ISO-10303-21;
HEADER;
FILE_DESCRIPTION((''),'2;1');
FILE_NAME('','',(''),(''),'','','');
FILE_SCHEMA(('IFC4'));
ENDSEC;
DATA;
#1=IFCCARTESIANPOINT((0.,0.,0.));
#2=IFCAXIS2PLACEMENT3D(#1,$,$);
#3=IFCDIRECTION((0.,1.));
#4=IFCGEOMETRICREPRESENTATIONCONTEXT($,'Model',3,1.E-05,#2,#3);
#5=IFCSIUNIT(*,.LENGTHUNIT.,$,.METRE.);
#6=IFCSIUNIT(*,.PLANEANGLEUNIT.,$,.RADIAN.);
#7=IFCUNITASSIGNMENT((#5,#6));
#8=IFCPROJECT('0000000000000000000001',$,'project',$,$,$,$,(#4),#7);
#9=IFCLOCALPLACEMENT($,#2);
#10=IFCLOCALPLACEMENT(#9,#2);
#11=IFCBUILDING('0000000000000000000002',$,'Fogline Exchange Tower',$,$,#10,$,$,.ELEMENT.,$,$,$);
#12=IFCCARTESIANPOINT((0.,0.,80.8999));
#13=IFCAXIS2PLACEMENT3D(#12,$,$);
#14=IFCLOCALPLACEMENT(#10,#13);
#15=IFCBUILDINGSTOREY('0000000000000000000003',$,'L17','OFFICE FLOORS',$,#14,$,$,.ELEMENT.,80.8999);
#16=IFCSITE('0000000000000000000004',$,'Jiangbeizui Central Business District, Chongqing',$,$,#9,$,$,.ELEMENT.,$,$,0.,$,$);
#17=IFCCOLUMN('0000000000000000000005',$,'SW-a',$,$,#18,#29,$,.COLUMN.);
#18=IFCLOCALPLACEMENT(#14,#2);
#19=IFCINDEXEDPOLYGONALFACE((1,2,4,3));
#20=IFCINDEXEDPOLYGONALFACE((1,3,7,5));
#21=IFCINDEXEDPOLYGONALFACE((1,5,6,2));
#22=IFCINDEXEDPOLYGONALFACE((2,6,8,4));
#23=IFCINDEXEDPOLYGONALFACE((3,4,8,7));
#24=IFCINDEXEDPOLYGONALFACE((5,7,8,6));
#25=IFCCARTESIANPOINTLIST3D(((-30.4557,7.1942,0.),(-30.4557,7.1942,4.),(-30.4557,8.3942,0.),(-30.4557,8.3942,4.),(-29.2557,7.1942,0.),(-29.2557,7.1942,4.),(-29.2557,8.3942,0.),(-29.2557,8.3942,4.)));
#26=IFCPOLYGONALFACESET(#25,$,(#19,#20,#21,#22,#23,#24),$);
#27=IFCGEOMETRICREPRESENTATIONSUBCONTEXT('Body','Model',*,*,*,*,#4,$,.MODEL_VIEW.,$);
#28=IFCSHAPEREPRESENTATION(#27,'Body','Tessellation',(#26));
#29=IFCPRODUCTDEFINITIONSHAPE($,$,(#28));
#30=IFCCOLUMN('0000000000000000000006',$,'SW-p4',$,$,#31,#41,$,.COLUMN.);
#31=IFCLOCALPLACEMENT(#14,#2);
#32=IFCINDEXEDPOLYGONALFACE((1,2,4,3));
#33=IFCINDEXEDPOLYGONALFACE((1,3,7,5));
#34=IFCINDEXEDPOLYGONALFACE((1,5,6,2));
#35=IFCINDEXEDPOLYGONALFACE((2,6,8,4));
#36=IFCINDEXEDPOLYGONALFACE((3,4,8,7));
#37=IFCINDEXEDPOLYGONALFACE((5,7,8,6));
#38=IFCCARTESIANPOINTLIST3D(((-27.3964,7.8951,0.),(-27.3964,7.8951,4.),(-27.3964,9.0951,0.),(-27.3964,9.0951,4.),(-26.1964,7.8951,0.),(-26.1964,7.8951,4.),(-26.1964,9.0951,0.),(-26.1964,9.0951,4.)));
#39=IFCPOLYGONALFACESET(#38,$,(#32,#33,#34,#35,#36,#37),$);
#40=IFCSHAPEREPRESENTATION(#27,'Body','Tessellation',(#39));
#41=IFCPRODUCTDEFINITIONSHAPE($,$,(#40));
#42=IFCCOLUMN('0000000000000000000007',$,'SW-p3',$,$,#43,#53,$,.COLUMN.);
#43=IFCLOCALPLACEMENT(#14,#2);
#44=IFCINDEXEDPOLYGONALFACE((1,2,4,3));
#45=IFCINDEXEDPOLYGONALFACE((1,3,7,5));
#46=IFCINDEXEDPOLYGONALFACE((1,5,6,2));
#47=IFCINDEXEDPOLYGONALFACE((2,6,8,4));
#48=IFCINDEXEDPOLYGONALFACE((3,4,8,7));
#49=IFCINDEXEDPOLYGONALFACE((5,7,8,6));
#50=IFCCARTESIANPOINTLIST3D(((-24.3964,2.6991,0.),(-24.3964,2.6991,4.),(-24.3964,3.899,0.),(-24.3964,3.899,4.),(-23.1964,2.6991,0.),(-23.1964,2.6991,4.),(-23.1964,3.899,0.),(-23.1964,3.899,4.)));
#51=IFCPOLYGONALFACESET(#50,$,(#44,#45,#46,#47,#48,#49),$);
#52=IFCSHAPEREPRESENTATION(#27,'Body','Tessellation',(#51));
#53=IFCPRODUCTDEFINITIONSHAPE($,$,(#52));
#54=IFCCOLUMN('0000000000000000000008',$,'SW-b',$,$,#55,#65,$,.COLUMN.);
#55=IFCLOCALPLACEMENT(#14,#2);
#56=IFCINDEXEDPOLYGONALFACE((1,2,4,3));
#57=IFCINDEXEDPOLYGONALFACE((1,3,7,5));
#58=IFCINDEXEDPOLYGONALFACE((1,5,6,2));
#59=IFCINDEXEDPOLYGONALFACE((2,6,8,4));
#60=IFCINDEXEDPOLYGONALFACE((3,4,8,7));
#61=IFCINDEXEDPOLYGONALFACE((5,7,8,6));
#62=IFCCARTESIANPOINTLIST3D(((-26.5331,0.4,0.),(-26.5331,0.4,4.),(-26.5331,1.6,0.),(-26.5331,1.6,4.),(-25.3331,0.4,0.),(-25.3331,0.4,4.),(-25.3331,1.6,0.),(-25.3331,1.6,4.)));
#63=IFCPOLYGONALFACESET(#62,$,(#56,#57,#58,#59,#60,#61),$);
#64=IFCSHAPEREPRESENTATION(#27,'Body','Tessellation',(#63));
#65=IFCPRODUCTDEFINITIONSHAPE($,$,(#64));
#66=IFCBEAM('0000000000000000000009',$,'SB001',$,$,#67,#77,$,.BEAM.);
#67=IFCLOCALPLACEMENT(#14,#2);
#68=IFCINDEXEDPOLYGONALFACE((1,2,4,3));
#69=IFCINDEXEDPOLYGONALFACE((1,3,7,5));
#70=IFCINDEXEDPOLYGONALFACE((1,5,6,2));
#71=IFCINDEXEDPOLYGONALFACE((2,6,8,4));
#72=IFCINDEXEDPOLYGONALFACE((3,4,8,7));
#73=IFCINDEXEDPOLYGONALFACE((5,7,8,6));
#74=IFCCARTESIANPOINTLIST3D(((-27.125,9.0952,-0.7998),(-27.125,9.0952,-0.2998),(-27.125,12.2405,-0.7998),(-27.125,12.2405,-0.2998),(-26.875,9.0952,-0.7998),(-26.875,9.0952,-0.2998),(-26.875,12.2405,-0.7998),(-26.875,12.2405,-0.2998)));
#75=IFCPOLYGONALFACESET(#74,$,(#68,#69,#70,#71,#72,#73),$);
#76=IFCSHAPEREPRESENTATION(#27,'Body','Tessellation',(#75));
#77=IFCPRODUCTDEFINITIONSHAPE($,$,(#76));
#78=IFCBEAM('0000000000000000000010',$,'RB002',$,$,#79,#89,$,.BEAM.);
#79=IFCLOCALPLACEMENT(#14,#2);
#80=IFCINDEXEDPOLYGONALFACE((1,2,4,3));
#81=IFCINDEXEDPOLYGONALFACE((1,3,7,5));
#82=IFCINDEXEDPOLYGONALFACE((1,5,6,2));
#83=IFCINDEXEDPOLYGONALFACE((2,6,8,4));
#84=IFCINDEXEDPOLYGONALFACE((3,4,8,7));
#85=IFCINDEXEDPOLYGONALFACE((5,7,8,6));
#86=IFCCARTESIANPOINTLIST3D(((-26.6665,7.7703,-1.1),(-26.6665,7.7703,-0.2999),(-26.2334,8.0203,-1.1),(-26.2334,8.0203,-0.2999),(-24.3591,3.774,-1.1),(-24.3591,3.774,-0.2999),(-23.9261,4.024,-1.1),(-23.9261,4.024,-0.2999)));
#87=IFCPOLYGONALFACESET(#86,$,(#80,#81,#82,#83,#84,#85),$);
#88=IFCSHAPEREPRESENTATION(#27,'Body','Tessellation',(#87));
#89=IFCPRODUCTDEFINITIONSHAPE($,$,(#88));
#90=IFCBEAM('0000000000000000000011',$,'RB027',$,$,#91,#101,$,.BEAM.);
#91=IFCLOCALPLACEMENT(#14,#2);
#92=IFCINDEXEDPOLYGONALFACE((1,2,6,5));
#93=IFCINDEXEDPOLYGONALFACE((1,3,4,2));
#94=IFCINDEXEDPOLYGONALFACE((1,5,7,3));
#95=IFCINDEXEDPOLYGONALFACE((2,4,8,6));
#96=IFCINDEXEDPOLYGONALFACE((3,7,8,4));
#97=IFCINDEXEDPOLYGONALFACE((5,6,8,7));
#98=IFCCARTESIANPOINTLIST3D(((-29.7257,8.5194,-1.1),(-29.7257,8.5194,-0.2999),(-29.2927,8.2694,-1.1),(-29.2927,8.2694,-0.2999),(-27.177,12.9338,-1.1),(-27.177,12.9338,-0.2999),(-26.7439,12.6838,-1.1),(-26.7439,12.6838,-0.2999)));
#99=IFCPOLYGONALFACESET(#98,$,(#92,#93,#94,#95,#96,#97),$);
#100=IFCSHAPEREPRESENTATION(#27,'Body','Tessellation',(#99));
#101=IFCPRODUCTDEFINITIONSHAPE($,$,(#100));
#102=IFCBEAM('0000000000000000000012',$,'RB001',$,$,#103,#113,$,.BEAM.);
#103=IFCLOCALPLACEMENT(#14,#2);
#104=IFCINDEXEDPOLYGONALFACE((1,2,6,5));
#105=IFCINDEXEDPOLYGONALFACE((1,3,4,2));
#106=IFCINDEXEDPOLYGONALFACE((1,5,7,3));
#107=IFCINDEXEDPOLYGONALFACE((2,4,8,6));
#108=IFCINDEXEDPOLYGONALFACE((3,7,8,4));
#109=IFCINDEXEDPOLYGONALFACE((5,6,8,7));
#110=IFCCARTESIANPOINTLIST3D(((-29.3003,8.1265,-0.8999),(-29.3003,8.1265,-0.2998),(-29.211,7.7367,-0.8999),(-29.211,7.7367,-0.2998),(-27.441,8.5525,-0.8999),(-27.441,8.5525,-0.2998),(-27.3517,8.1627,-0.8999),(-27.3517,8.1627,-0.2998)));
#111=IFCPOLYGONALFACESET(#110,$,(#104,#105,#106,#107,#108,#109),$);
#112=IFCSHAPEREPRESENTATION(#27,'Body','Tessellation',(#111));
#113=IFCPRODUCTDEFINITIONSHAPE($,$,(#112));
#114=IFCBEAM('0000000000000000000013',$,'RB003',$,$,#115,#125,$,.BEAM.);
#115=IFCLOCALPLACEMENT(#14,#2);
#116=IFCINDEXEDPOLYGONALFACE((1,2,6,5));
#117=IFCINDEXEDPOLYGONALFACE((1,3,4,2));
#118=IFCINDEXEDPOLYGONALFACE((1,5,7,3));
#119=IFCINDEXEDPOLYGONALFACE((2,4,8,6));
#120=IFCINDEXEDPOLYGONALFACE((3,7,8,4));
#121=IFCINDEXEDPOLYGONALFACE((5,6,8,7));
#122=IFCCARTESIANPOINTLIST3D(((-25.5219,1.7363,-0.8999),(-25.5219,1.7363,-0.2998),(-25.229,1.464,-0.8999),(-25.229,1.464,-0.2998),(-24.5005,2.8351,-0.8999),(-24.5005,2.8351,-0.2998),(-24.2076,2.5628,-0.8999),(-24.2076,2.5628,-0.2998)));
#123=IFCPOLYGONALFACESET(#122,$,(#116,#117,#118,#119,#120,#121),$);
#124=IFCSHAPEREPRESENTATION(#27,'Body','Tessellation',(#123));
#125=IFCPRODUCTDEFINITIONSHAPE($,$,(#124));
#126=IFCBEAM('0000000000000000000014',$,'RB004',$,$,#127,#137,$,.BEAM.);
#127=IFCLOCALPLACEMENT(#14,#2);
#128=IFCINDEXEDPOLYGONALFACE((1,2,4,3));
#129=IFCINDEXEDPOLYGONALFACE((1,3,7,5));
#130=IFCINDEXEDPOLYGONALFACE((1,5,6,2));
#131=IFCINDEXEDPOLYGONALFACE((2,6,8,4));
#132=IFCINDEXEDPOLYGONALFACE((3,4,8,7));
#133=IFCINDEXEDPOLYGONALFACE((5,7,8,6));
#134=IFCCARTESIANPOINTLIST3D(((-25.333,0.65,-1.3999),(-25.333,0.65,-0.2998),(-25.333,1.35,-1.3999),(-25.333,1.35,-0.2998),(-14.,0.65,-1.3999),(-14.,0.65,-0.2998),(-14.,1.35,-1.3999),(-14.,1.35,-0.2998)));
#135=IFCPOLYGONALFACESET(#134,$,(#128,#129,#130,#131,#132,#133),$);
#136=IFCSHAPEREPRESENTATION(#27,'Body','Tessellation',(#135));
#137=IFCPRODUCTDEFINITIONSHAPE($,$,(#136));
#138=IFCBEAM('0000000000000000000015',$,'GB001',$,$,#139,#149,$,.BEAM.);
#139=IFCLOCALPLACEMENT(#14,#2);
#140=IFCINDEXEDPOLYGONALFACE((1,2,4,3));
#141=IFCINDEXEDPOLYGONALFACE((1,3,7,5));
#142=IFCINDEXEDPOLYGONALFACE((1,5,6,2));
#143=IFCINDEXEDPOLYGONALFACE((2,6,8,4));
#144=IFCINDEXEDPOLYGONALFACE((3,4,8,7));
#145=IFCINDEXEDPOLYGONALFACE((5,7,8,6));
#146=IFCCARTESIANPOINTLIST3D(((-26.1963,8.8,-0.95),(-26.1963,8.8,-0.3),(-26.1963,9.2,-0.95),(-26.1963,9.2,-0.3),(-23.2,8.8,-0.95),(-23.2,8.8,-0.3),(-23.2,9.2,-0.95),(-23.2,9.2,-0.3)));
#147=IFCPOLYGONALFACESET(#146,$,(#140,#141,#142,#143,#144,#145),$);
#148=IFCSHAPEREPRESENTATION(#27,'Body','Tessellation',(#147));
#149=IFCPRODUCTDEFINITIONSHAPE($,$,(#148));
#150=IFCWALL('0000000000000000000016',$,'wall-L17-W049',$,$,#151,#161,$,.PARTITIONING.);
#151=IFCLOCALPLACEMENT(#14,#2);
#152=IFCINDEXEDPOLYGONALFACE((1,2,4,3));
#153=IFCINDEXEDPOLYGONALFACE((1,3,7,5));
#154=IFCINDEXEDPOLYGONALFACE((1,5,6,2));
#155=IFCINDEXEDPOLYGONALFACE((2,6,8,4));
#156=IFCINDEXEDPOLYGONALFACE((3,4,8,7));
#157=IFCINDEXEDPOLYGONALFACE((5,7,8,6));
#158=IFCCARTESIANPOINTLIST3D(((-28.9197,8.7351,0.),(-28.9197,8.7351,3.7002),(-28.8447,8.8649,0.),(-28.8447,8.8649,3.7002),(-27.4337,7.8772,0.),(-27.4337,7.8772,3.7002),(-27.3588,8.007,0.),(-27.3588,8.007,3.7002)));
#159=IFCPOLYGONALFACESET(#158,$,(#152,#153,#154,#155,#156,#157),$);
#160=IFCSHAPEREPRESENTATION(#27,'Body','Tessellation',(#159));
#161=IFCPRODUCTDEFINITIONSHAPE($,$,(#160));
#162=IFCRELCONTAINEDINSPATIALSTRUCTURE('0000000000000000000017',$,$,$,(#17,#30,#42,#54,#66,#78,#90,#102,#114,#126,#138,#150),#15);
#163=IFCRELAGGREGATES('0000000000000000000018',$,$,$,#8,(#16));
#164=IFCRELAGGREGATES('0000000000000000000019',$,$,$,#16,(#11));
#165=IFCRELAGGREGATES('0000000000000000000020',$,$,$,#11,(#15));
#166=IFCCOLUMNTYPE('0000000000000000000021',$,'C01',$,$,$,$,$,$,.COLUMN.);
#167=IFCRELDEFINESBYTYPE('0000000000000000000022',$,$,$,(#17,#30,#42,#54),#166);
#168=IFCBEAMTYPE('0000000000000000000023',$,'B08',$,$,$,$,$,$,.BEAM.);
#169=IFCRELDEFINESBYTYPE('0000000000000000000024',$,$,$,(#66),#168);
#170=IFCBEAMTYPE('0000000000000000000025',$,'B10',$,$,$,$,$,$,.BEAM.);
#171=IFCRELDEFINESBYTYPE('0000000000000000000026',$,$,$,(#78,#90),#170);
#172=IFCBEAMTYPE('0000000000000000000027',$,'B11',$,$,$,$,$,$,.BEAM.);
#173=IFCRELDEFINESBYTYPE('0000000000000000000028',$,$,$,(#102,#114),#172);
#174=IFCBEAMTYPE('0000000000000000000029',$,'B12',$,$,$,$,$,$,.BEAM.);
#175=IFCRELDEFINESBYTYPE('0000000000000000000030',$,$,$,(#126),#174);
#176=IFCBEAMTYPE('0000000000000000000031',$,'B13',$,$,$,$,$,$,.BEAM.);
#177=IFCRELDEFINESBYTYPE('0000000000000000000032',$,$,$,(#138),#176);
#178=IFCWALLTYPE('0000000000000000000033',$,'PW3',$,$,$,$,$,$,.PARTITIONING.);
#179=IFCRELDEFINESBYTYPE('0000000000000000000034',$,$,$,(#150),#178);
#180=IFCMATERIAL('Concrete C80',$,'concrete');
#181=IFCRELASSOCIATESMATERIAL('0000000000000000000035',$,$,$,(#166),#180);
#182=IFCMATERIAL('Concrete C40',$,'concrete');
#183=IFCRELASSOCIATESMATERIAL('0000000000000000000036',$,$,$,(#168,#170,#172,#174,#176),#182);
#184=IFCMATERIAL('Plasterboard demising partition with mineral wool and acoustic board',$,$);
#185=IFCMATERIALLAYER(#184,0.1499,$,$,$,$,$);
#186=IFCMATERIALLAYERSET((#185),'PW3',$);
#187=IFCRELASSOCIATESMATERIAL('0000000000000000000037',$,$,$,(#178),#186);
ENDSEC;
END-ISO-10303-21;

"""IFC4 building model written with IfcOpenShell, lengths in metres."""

from ifc_helpers import new_model, si_unit, direction, frame, frame_2d, origin, origin_2d, place, context, subcontext, project, spatial, rectangle, extrude, material, layer, layer_set, material_profile, profile_set, type_object, element, save


model = new_model("IFC4")

# Units and contexts
model_context = context("Model", 3, precision=1e-05, world=origin(), true_north=direction((0.0, 1.0)))
body_context = subcontext(model_context, "Body", "Model", "MODEL_VIEW")
ifc_project = project(units=[si_unit("LENGTHUNIT", "METRE"), si_unit("PLANEANGLEUNIT", "RADIAN")], contexts=[model_context])

# Site, building, storey
site_placement = place(None, origin())
site = spatial("IfcSite", under=ifc_project, at=site_placement, Name="Jiangbeizui Central Business District, Chongqing", CompositionType="ELEMENT", RefElevation=0.0)
building_placement = place(site_placement, origin())
building = spatial("IfcBuilding", under=site, at=building_placement, Name="Fogline Exchange Tower", CompositionType="ELEMENT")
storey_placement = place(building_placement, frame((0.0, 0.0, 80.8999)))
storey = spatial("IfcBuildingStorey", under=building, at=storey_placement, Name="L17", Description="OFFICE FLOORS", CompositionType="ELEMENT", Elevation=80.8999)

# Columns
ifc_material_1 = material(Name="Concrete C80", Category="concrete")
ifc_material_profile_1 = material_profile(ifc_material_1, rectangle(XDim=1.2, YDim=1.2, at=origin_2d()), Name="RC 1200x1200")
ifc_profile_set_1 = profile_set([ifc_material_profile_1], Name="Concrete C80")
column_type = type_object("IfcColumnType", Name="C01", PredefinedType="COLUMN", material=ifc_profile_set_1)
for number, where, z_axis, x_axis, name in (
    (1, (-29.8557, 7.7942, 0.0), (0.0, 0.0, 1.0), (1.0, 0.0, 0.0), "SW-a"),
    (2, (-26.7964, 8.4951, 0.0), (0.0, 0.0, 1.0), (1.0, 0.0, 0.0), "SW-p4"),
    (3, (-23.7964, 3.2991, 0.0), (0.0, 0.0, 1.0), (1.0, 0.0, 0.0), "SW-p3"),
    (4, (-25.9331, 1.0, 0.0), (0.0, 0.0, 1.0), (1.0, 0.0, 0.0), "SW-b"),
):
    element("IfcColumn", number, at=place(storey_placement, frame(where, z_axis=z_axis, x_axis=x_axis)), inside=storey, type_object=column_type, Name=name, PredefinedType="COLUMN", context=body_context, shape_type="SweptSolid", body=[
        extrude(rectangle(XDim=1.2, YDim=1.2, at=origin_2d()), origin(), (0.0, 0.0, 1.0), 4.0),
    ])

# Beams
ifc_material_2 = material(Name="Concrete C40", Category="concrete")
ifc_material_profile_2 = material_profile(ifc_material_2, rectangle(XDim=0.25, YDim=0.5, at=origin_2d()), Name="RC 250x500")
ifc_profile_set_2 = profile_set([ifc_material_profile_2], Name="Concrete C40")
beam_type_1 = type_object("IfcBeamType", Name="B08", PredefinedType="BEAM", material=ifc_profile_set_2)
beam_1_placement = place(storey_placement, frame((-27.0, 9.0952, -0.5498), z_axis=(0.0, 1.0, 0.0), x_axis=(-1.0, 0.0, 0.0)))
element("IfcBeam", 5, at=beam_1_placement, inside=storey, type_object=beam_type_1, Name="SB001", PredefinedType="BEAM", context=body_context, shape_type="SweptSolid", body=[
    extrude(rectangle(XDim=0.25, YDim=0.5, at=origin_2d()), origin(), (0.0, 0.0, 1.0), 3.1453),
])
ifc_material_profile_3 = material_profile(ifc_material_2, rectangle(XDim=0.5, YDim=0.8, at=origin_2d()), Name="RC 500x800")
ifc_profile_set_3 = profile_set([ifc_material_profile_3], Name="Concrete C40")
beam_type_2 = type_object("IfcBeamType", Name="B10", PredefinedType="BEAM", material=ifc_profile_set_3)
beam_2_placement = place(storey_placement, frame((-26.45, 7.8953, -0.7), z_axis=(0.500014, -0.866017, 0.0), x_axis=(0.866017, 0.500014, 0.0)))
element("IfcBeam", 6, at=beam_2_placement, inside=storey, type_object=beam_type_2, Name="RB002", PredefinedType="BEAM", context=body_context, shape_type="SweptSolid", body=[
    extrude(rectangle(XDim=0.5, YDim=0.8, at=origin_2d()), origin(), (0.0, 0.0, 1.0), 4.6145),
])
beam_3_placement = place(storey_placement, frame((-26.9604, 12.8088, -0.7), z_axis=(-0.500013, -0.866018, 0.0), x_axis=(0.866018, -0.500013, 0.0)))
element("IfcBeam", 7, at=beam_3_placement, inside=storey, type_object=beam_type_2, Name="RB027", PredefinedType="BEAM", context=body_context, shape_type="SweptSolid", body=[
    extrude(rectangle(XDim=0.5, YDim=0.8, at=origin_2d()), origin(), (0.0, 0.0, 1.0), 5.0974),
])
ifc_material_profile_4 = material_profile(ifc_material_2, rectangle(XDim=0.3999, YDim=0.6001, at=origin_2d()), Name="RC 400x600")
ifc_profile_set_4 = profile_set([ifc_material_profile_4], Name="Concrete C40")
beam_type_3 = type_object("IfcBeamType", Name="B11", PredefinedType="BEAM", material=ifc_profile_set_4)
beam_4_placement = place(storey_placement, frame((-29.2556, 7.9316, -0.5999), z_axis=(0.974742, 0.223336, 0.0), x_axis=(-0.223336, 0.974742, 0.0)))
element("IfcBeam", 8, at=beam_4_placement, inside=storey, type_object=beam_type_3, Name="RB001", PredefinedType="BEAM", context=body_context, shape_type="SweptSolid", body=[
    extrude(rectangle(XDim=0.3999, YDim=0.6001, at=origin_2d()), origin(), (0.0, 0.0, 1.0), 1.9075),
])
beam_5_placement = place(storey_placement, frame((-24.354, 2.699, -0.5999), z_axis=(-0.680844, -0.732428, 0.0), x_axis=(0.732428, -0.680844, 0.0)))
element("IfcBeam", 9, at=beam_5_placement, inside=storey, type_object=beam_type_3, Name="RB003", PredefinedType="BEAM", context=body_context, shape_type="SweptSolid", body=[
    extrude(rectangle(XDim=0.3999, YDim=0.6001, at=origin_2d()), origin(), (0.0, 0.0, 1.0), 1.5002),
])
ifc_material_profile_5 = material_profile(ifc_material_2, rectangle(XDim=0.7, YDim=1.1001, at=origin_2d()), Name="RC 700x1100")
ifc_profile_set_5 = profile_set([ifc_material_profile_5], Name="Concrete C40")
beam_type_4 = type_object("IfcBeamType", Name="B12", PredefinedType="BEAM", material=ifc_profile_set_5)
beam_6_placement = place(storey_placement, frame((-25.333, 1.0, -0.8499), z_axis=(1.0, 0.0, 0.0), x_axis=(0.0, 1.0, 0.0)))
element("IfcBeam", 10, at=beam_6_placement, inside=storey, type_object=beam_type_4, Name="RB004", PredefinedType="BEAM", context=body_context, shape_type="SweptSolid", body=[
    extrude(rectangle(XDim=0.7, YDim=1.1001, at=origin_2d()), origin(), (0.0, 0.0, 1.0), 11.333),
])
ifc_material_profile_6 = material_profile(ifc_material_2, rectangle(XDim=0.3999, YDim=0.6499, at=origin_2d()), Name="RC 400x650")
ifc_profile_set_6 = profile_set([ifc_material_profile_6], Name="Concrete C40")
beam_type_5 = type_object("IfcBeamType", Name="B13", PredefinedType="BEAM", material=ifc_profile_set_6)
beam_7_placement = place(storey_placement, frame((-26.1963, 9.0, -0.625), z_axis=(1.0, 0.0, 0.0), x_axis=(0.0, 1.0, 0.0)))
element("IfcBeam", 11, at=beam_7_placement, inside=storey, type_object=beam_type_5, Name="GB001", PredefinedType="BEAM", context=body_context, shape_type="SweptSolid", body=[
    extrude(rectangle(XDim=0.3999, YDim=0.6499, at=origin_2d()), origin(), (0.0, 0.0, 1.0), 2.9963),
])

# Wall
ifc_material_3 = material(Name="Plasterboard demising partition with mineral wool and acoustic board")
ifc_layer_1 = layer(ifc_material_3, 0.1499)
ifc_layer_set_1 = layer_set([ifc_layer_1], Name="PW3")
wall_type_1 = type_object("IfcWallType", Name="PW3", PredefinedType="PARTITIONING", material=ifc_layer_set_1)
wall_1_placement = place(storey_placement, frame((-27.3962, 7.9421, 0.0), z_axis=(0.0, 0.0, 1.0), x_axis=(-0.866046, 0.499965, 0.0)))
element("IfcWall", 12, at=wall_1_placement, inside=storey, type_object=wall_type_1, Name="wall-L17-W049", PredefinedType="PARTITIONING", context=body_context, shape_type="SweptSolid", body=[
    extrude(rectangle(XDim=1.7158, YDim=0.1499, at=frame_2d((0.8579, 0.0))), origin(), (0.0, 0.0, 1.0), 3.7002),
])

save(model, "model.ifc")
